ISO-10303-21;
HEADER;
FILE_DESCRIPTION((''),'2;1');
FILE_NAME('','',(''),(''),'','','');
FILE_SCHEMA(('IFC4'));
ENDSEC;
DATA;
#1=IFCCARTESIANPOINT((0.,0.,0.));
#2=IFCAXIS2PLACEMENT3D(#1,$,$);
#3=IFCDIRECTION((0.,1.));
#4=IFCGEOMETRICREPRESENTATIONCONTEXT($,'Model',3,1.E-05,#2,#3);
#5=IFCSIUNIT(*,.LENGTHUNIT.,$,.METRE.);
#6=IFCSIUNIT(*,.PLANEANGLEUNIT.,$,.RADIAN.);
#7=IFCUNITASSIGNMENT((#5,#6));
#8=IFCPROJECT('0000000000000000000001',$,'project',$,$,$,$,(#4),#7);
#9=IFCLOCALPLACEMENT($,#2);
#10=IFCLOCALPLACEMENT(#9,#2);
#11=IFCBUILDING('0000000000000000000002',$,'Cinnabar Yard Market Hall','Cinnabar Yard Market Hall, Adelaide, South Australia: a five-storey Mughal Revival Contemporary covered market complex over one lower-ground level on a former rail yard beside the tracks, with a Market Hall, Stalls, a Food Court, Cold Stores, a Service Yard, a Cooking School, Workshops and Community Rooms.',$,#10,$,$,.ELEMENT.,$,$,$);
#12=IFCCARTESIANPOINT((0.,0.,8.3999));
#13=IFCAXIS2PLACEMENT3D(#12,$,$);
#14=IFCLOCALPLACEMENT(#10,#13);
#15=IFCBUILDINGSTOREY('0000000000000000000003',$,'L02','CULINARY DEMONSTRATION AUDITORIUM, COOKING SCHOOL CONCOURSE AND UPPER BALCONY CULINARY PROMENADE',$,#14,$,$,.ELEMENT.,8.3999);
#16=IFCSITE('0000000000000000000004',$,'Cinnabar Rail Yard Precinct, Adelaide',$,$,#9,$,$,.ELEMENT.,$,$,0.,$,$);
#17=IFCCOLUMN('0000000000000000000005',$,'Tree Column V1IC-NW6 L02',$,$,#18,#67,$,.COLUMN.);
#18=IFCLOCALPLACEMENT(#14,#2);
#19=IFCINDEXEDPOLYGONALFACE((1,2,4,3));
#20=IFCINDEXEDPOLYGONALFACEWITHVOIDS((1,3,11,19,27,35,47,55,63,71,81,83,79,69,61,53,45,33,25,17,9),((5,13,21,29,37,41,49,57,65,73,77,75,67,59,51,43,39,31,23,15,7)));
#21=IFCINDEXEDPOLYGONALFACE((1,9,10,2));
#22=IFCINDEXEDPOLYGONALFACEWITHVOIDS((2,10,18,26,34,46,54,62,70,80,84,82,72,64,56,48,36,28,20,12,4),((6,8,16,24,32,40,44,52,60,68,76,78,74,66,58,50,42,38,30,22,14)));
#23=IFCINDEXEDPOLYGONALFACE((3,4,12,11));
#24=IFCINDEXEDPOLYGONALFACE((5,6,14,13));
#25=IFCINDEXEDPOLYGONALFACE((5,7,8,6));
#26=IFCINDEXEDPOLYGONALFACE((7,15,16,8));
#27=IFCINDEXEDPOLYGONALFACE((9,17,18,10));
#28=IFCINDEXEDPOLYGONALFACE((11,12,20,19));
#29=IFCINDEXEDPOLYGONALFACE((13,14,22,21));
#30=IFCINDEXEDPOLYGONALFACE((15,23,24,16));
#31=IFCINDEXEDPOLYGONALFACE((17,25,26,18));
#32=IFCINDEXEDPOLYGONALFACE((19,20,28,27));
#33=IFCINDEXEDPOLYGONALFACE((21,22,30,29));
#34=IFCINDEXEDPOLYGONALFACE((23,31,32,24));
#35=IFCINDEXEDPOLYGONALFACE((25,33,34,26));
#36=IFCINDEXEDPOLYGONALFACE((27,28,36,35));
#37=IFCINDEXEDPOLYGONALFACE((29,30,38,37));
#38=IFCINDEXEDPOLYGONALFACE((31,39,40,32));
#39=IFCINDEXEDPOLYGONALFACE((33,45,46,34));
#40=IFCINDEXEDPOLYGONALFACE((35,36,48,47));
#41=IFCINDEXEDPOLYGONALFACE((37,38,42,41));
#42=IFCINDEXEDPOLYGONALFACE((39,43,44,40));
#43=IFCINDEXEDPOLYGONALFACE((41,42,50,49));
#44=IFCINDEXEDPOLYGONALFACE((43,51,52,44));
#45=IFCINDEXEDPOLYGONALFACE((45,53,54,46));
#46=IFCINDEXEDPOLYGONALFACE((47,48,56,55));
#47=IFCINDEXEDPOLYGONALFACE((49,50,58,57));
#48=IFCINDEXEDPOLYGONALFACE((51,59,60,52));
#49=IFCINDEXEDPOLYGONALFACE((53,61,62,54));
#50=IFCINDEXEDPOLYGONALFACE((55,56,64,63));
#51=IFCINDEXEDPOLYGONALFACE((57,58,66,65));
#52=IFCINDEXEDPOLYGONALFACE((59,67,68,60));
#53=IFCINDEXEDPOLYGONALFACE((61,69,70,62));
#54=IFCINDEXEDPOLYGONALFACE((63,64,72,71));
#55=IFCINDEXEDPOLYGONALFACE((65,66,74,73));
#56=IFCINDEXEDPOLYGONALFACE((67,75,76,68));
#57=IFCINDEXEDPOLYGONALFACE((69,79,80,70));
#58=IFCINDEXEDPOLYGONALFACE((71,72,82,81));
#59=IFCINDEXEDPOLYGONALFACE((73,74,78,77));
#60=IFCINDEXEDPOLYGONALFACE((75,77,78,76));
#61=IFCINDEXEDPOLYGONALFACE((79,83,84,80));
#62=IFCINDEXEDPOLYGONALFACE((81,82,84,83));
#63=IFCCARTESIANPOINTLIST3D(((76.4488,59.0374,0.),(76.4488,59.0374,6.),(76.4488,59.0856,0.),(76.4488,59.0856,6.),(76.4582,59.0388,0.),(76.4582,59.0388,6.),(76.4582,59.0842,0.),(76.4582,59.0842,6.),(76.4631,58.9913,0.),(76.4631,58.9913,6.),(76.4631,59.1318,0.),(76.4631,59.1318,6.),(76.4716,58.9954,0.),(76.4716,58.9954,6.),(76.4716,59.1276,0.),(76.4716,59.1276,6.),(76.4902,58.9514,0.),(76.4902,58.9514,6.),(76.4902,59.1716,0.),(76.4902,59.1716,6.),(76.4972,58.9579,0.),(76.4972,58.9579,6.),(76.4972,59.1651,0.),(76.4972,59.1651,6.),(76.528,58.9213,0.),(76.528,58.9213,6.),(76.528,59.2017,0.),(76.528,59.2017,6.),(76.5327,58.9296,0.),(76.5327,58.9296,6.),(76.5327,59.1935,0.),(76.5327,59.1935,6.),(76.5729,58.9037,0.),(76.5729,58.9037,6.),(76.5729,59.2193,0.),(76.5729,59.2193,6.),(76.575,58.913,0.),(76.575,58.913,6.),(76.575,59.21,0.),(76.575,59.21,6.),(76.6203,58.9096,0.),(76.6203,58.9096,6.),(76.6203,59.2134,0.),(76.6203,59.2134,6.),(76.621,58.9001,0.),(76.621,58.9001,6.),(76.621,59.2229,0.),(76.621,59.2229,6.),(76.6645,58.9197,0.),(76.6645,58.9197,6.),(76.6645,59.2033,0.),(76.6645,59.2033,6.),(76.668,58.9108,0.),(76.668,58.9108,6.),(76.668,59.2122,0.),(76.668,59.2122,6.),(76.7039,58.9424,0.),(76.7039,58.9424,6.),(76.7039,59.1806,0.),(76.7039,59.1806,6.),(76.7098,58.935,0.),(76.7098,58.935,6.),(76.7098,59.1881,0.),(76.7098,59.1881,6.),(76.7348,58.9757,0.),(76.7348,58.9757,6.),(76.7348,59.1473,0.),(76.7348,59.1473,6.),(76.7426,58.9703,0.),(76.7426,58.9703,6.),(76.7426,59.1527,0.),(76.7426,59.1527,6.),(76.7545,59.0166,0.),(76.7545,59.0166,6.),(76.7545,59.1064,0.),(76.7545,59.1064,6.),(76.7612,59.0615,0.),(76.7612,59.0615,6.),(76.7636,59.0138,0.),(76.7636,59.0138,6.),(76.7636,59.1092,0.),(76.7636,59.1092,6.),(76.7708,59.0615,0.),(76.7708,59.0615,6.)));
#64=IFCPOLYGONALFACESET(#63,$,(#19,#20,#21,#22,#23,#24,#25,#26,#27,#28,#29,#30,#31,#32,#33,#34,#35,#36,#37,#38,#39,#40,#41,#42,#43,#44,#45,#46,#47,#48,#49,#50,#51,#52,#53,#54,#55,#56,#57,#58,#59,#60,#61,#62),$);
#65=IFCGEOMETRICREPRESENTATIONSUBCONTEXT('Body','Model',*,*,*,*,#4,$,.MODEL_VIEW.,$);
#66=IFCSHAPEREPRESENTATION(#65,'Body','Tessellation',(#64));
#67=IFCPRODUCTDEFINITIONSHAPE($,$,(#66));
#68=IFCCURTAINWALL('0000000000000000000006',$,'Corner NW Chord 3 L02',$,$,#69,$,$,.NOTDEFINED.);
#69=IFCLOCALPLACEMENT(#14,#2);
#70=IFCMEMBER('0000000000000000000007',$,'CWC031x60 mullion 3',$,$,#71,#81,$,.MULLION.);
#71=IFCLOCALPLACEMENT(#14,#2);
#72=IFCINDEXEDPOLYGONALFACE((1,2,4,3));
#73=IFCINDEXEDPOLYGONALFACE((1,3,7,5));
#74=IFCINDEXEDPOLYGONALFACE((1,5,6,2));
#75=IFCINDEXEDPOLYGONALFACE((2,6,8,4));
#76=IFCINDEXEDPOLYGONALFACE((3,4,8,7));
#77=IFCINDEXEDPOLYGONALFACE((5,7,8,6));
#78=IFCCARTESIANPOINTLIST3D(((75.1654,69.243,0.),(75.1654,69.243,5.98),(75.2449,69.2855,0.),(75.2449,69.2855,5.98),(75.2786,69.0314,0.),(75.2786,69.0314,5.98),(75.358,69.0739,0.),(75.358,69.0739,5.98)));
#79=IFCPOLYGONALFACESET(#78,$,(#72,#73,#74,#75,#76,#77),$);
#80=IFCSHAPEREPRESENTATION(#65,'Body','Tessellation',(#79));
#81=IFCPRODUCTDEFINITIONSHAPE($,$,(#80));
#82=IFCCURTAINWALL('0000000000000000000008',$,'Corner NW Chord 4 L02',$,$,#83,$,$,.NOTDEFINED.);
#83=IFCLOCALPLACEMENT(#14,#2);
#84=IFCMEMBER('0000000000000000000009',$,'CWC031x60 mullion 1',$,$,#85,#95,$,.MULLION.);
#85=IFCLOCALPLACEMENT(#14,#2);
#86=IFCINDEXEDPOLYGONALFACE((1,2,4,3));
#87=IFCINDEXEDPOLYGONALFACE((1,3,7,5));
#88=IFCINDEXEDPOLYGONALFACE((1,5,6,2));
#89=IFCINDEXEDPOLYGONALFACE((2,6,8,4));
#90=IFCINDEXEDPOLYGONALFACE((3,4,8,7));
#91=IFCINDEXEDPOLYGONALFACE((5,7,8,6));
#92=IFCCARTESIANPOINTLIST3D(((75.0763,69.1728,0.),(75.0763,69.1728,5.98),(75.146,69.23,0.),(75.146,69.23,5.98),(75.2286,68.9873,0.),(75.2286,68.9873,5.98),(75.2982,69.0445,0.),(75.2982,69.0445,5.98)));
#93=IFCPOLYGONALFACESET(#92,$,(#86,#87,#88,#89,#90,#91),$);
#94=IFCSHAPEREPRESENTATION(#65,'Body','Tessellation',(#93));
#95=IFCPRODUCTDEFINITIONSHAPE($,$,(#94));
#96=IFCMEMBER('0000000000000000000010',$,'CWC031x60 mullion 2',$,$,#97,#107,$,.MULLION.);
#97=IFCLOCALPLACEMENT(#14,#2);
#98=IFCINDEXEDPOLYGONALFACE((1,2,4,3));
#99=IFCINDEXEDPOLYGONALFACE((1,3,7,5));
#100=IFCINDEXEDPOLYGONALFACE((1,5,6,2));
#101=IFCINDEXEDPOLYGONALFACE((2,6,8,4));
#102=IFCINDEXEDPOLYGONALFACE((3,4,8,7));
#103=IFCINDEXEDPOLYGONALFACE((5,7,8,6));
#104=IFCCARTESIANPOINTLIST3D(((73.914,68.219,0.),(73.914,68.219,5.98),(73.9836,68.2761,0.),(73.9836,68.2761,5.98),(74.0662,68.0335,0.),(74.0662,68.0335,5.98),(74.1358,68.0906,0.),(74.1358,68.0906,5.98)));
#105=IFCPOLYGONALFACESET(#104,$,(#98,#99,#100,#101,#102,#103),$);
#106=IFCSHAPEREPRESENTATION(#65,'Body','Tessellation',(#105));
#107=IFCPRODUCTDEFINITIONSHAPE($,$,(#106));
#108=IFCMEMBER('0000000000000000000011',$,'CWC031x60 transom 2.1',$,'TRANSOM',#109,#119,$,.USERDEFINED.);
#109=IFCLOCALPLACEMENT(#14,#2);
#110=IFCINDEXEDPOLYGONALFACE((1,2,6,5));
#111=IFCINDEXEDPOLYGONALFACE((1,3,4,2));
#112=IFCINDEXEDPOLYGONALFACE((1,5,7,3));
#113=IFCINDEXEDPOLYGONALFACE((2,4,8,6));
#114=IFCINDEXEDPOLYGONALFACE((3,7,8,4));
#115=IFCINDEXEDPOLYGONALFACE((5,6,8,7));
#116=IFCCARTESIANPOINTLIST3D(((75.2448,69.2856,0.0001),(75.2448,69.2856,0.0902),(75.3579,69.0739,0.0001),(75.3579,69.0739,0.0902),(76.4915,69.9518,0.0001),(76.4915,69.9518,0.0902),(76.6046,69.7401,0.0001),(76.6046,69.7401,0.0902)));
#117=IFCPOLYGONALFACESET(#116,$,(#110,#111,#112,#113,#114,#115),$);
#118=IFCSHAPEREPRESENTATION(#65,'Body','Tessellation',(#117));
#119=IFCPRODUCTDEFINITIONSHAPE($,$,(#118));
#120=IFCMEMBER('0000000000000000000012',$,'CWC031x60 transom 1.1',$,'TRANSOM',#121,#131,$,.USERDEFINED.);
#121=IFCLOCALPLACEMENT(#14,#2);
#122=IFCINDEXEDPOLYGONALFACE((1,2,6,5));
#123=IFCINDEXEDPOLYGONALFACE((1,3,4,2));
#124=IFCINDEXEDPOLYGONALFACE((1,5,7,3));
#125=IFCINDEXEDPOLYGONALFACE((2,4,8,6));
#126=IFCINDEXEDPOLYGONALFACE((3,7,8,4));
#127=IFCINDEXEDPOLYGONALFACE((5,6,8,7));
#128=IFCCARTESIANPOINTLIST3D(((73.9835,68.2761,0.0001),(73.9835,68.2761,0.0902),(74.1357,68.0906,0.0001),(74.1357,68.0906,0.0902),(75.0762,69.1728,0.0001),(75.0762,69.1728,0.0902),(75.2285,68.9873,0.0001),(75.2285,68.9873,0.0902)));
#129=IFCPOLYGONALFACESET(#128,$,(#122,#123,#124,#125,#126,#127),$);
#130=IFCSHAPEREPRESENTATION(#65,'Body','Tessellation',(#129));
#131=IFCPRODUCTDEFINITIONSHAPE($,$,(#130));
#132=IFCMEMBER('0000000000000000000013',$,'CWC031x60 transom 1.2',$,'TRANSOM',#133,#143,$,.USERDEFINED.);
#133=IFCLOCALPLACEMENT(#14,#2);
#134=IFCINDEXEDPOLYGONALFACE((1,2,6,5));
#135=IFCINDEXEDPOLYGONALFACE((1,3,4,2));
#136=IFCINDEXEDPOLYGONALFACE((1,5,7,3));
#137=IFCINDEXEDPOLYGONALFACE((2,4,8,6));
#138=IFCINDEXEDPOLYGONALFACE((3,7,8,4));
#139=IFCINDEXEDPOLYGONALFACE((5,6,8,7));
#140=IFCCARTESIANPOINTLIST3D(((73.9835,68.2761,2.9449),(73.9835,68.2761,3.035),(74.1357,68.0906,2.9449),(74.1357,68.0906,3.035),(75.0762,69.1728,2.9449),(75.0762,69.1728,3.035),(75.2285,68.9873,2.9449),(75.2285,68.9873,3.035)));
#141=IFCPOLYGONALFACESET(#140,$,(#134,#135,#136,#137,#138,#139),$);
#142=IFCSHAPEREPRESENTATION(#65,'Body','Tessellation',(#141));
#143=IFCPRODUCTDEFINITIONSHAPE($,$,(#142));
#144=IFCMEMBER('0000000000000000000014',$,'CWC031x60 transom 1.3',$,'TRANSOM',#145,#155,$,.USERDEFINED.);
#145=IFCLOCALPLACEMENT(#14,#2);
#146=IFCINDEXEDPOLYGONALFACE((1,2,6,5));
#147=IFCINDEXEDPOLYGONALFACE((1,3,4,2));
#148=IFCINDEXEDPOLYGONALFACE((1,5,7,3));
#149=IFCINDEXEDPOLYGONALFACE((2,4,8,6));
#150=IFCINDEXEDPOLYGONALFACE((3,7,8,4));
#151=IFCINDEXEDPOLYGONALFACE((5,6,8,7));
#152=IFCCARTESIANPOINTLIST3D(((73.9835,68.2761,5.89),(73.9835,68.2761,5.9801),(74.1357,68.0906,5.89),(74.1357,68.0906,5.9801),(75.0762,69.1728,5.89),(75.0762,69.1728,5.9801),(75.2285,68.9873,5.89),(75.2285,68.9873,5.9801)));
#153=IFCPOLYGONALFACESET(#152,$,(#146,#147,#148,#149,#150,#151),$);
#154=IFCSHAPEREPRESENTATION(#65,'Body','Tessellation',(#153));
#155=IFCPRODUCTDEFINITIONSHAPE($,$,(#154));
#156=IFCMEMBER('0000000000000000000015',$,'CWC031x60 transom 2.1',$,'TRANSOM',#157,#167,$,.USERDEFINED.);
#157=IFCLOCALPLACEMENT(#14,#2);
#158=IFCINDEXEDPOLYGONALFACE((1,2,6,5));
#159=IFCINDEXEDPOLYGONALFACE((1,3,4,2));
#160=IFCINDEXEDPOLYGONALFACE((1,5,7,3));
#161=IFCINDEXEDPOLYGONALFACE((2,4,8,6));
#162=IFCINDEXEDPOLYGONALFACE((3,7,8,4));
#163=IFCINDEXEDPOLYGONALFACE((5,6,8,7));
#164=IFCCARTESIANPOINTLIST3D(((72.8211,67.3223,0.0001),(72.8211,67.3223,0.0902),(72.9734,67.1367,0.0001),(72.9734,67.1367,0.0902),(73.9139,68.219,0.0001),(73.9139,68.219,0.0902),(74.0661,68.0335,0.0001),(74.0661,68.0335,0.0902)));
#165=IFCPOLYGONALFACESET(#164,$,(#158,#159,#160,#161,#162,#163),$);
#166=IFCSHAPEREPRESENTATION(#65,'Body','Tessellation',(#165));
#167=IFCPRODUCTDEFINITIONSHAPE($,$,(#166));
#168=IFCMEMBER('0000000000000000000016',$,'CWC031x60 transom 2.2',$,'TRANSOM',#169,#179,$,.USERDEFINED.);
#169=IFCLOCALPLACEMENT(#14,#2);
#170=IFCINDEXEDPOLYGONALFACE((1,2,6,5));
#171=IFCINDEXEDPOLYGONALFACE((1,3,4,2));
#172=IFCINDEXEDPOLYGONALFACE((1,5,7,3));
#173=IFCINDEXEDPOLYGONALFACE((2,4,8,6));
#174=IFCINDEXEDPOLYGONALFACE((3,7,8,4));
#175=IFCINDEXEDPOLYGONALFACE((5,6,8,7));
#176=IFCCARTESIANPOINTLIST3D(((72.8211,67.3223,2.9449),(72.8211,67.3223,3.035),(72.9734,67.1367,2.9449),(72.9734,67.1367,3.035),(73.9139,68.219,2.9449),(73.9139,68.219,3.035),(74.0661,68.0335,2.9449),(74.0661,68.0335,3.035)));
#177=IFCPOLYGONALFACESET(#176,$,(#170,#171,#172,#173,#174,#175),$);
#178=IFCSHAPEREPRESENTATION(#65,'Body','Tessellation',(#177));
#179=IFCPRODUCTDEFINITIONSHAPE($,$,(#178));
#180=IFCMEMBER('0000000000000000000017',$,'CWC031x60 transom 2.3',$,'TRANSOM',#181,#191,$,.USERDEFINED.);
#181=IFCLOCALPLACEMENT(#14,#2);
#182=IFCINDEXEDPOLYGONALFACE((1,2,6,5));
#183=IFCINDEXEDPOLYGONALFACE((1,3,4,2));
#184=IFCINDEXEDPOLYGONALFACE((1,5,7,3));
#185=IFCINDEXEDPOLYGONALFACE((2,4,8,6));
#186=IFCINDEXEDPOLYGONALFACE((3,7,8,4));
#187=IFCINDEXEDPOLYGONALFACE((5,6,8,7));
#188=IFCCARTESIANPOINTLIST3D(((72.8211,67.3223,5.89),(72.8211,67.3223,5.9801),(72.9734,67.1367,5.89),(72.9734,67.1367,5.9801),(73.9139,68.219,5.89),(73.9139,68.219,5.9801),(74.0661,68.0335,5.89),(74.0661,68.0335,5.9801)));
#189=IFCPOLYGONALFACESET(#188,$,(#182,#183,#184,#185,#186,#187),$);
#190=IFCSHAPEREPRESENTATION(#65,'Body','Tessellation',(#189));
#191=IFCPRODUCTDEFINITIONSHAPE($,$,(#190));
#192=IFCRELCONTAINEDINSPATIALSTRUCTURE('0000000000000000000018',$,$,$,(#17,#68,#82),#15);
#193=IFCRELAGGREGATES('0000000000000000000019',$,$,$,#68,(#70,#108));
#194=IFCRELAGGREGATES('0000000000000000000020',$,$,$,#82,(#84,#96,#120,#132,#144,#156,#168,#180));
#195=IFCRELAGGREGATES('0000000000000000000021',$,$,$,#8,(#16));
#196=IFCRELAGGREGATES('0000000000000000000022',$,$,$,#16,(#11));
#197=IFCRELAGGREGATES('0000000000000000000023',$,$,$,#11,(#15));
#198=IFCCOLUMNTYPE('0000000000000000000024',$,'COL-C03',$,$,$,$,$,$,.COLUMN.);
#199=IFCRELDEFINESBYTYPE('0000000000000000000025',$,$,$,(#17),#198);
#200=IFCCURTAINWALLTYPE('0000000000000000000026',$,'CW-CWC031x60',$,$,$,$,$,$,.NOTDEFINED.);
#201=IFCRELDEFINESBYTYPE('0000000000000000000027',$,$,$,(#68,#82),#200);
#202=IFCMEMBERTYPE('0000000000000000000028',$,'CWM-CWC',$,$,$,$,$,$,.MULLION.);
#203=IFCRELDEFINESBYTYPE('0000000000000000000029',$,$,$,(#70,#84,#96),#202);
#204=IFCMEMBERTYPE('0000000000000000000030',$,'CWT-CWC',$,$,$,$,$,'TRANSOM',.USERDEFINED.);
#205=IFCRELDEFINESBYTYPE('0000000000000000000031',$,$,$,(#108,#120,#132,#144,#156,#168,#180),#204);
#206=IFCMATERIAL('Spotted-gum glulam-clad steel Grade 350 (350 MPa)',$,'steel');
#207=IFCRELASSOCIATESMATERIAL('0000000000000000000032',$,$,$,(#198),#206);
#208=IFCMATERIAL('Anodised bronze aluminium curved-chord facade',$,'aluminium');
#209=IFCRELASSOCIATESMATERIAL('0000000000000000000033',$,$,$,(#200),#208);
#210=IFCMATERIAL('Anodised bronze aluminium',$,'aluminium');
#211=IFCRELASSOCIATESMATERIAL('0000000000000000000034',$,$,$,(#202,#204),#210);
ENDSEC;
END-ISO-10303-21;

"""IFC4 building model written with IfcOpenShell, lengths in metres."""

from ifc_helpers import new_model, si_unit, direction, frame, origin, origin_2d_with_axis, place, context, subcontext, project, spatial, rectangle, hollow_circle, extrude, material, material_profile, profile_set, type_object, element, aggregate, save


model = new_model("IFC4")

# Units and contexts
model_context = context("Model", 3, precision=1e-05, world=origin(), true_north=direction((0.0, 1.0)))
body_context = subcontext(model_context, "Body", "Model", "MODEL_VIEW")
ifc_project = project(units=[si_unit("LENGTHUNIT", "METRE"), si_unit("PLANEANGLEUNIT", "RADIAN")], contexts=[model_context])

# Site, building, storey
site_placement = place(None, origin())
site = spatial("IfcSite", under=ifc_project, at=site_placement, Name="Cinnabar Rail Yard Precinct, Adelaide", CompositionType="ELEMENT", RefElevation=0.0)
building_placement = place(site_placement, origin())
building = spatial("IfcBuilding", under=site, at=building_placement, Name="Cinnabar Yard Market Hall", Description="Cinnabar Yard Market Hall, Adelaide, South Australia: a five-storey Mughal Revival Contemporary covered market complex over one lower-ground level on a former rail yard beside the tracks, with a Market Hall, Stalls, a Food Court, Cold Stores, a Service Yard, a Cooking School, Workshops and Community Rooms.", CompositionType="ELEMENT")
storey_placement = place(building_placement, frame((0.0, 0.0, 8.3999)))
storey = spatial("IfcBuildingStorey", under=building, at=storey_placement, Name="L02", Description="CULINARY DEMONSTRATION AUDITORIUM, COOKING SCHOOL CONCOURSE AND UPPER BALCONY CULINARY PROMENADE", CompositionType="ELEMENT", Elevation=8.3999)

# Column
ifc_material_1 = material(Name="Spotted-gum glulam-clad steel Grade 350 (350 MPa)", Category="steel")
ifc_material_profile_1 = material_profile(ifc_material_1, hollow_circle(Radius=0.1619, WallThickness=0.0095, at=origin_2d_with_axis()), Name="323.9x9.5CHS")
ifc_profile_set_1 = profile_set([ifc_material_profile_1], Name="Spotted-gum glulam-clad steel Grade 350 (350 MPa)")
column_type_1 = type_object("IfcColumnType", Name="COL-C03", PredefinedType="COLUMN", material=ifc_profile_set_1)
for number, where, z_axis, x_axis, name in (
    (1, (76.6089, 59.0615, 0.0), (0.0, 0.0, 1.0), (1.0, 0.0, 0.0), "Tree Column V1IC-NW6 L02"),
):
    element("IfcColumn", number, at=place(storey_placement, frame(where, z_axis=z_axis, x_axis=x_axis)), inside=storey, type_object=column_type_1, Name=name, PredefinedType="COLUMN", context=body_context, shape_type="SweptSolid", body=[
        extrude(hollow_circle(Radius=0.1619, WallThickness=0.0095, at=origin_2d_with_axis()), origin(), (0.0, 0.0, 1.0), 6.0),
    ])

# Curtain wall, member
ifc_material_2 = material(Name="Anodised bronze aluminium curved-chord facade", Category="aluminium")
curtain_wall_type = type_object("IfcCurtainWallType", Name="CW-CWC031x60", PredefinedType="NOTDEFINED", material=ifc_material_2)
curtain_wall_1_placement = place(storey_placement, origin())
curtain_wall_1 = element("IfcCurtainWall", 2, at=curtain_wall_1_placement, inside=storey, type_object=curtain_wall_type, Name="Corner NW Chord 3 L02", PredefinedType="NOTDEFINED")
ifc_material_3 = material(Name="Anodised bronze aluminium", Category="aluminium")
ifc_material_profile_2 = material_profile(ifc_material_3, rectangle(XDim=0.24, YDim=0.0901, at=origin_2d_with_axis()), Name="MUL-CWC")
ifc_profile_set_2 = profile_set([ifc_material_profile_2], Name="Anodised bronze aluminium")
member_type_1 = type_object("IfcMemberType", Name="CWM-CWC", PredefinedType="MULLION", material=ifc_profile_set_2)
member_1_placement = place(storey_placement, frame((75.2617, 69.1584, 0.0), z_axis=(0.0, 0.0, 1.0), x_axis=(0.471404, -0.881917, 0.0)))
member_1 = element("IfcMember", 3, at=member_1_placement, type_object=member_type_1, Name="CWC031x60 mullion 3", PredefinedType="MULLION", context=body_context, shape_type="SweptSolid", body=[
    extrude(rectangle(XDim=0.24, YDim=0.0901, at=origin_2d_with_axis()), origin(), (0.0, 0.0, 1.0), 5.98),
])

# Curtain wall, members
curtain_wall_2_placement = place(storey_placement, origin())
curtain_wall_2 = element("IfcCurtainWall", 4, at=curtain_wall_2_placement, inside=storey, type_object=curtain_wall_type, Name="Corner NW Chord 4 L02", PredefinedType="NOTDEFINED")
member_2_placement = place(storey_placement, frame((75.1873, 69.1086, 0.0), z_axis=(0.0, 0.0, 1.0), x_axis=(0.634383, -0.773019, 0.0)))
member_2 = element("IfcMember", 5, at=member_2_placement, type_object=member_type_1, Name="CWC031x60 mullion 1", PredefinedType="MULLION", context=body_context, shape_type="SweptSolid", body=[
    extrude(rectangle(XDim=0.24, YDim=0.0901, at=origin_2d_with_axis()), origin(), (0.0, 0.0, 1.0), 5.98),
])
member_3_placement = place(storey_placement, frame((74.0249, 68.1548, 0.0), z_axis=(0.0, 0.0, 1.0), x_axis=(0.634383, -0.773019, 0.0)))
member_3 = element("IfcMember", 6, at=member_3_placement, type_object=member_type_1, Name="CWC031x60 mullion 2", PredefinedType="MULLION", context=body_context, shape_type="SweptSolid", body=[
    extrude(rectangle(XDim=0.24, YDim=0.0901, at=origin_2d_with_axis()), origin(), (0.0, 0.0, 1.0), 5.98),
])

# Members
ifc_material_profile_3 = material_profile(ifc_material_3, rectangle(XDim=0.24, YDim=0.0901, at=origin_2d_with_axis()), Name="TRN-CWC")
ifc_profile_set_3 = profile_set([ifc_material_profile_3], Name="Anodised bronze aluminium")
member_type_2 = type_object("IfcMemberType", Name="CWT-CWC", ElementType="TRANSOM", PredefinedType="USERDEFINED", material=ifc_profile_set_3)
member_4_placement = place(storey_placement, frame((76.5481, 69.8459, 0.0452), z_axis=(-0.881975, -0.471296, 0.0), x_axis=(0.471296, -0.881975, 0.0)))
member_4 = element("IfcMember", 7, at=member_4_placement, type_object=member_type_2, Name="CWC031x60 transom 2.1", ObjectType="TRANSOM", PredefinedType="USERDEFINED", context=body_context, shape_type="SweptSolid", body=[
    extrude(rectangle(XDim=0.24, YDim=0.0901, at=origin_2d_with_axis()), origin(), (0.0, 0.0, 1.0), 1.4136),
])
member_5_placement = place(storey_placement, frame((75.1523, 69.0801, 0.0452), z_axis=(-0.773041, -0.634356, 0.0), x_axis=(0.634356, -0.773041, 0.0)))
member_5 = element("IfcMember", 8, at=member_5_placement, type_object=member_type_2, Name="CWC031x60 transom 1.1", ObjectType="TRANSOM", PredefinedType="USERDEFINED", context=body_context, shape_type="SweptSolid", body=[
    extrude(rectangle(XDim=0.24, YDim=0.0901, at=origin_2d_with_axis()), origin(), (0.0, 0.0, 1.0), 1.4136),
])
member_6_placement = place(storey_placement, frame((75.1523, 69.0801, 2.99), z_axis=(-0.773041, -0.634356, 0.0), x_axis=(0.634356, -0.773041, 0.0)))
member_6 = element("IfcMember", 9, at=member_6_placement, type_object=member_type_2, Name="CWC031x60 transom 1.2", ObjectType="TRANSOM", PredefinedType="USERDEFINED", context=body_context, shape_type="SweptSolid", body=[
    extrude(rectangle(XDim=0.24, YDim=0.0901, at=origin_2d_with_axis()), origin(), (0.0, 0.0, 1.0), 1.4136),
])
member_7_placement = place(storey_placement, frame((75.1523, 69.0801, 5.9351), z_axis=(-0.773041, -0.634356, 0.0), x_axis=(0.634356, -0.773041, 0.0)))
member_7 = element("IfcMember", 10, at=member_7_placement, type_object=member_type_2, Name="CWC031x60 transom 1.3", ObjectType="TRANSOM", PredefinedType="USERDEFINED", context=body_context, shape_type="SweptSolid", body=[
    extrude(rectangle(XDim=0.24, YDim=0.0901, at=origin_2d_with_axis()), origin(), (0.0, 0.0, 1.0), 1.4136),
])
member_8_placement = place(storey_placement, frame((73.99, 68.1262, 0.0452), z_axis=(-0.773041, -0.634356, 0.0), x_axis=(0.634356, -0.773041, 0.0)))
member_8 = element("IfcMember", 11, at=member_8_placement, type_object=member_type_2, Name="CWC031x60 transom 2.1", ObjectType="TRANSOM", PredefinedType="USERDEFINED", context=body_context, shape_type="SweptSolid", body=[
    extrude(rectangle(XDim=0.24, YDim=0.0901, at=origin_2d_with_axis()), origin(), (0.0, 0.0, 1.0), 1.4136),
])
member_9_placement = place(storey_placement, frame((73.99, 68.1262, 2.99), z_axis=(-0.773041, -0.634356, 0.0), x_axis=(0.634356, -0.773041, 0.0)))
member_9 = element("IfcMember", 12, at=member_9_placement, type_object=member_type_2, Name="CWC031x60 transom 2.2", ObjectType="TRANSOM", PredefinedType="USERDEFINED", context=body_context, shape_type="SweptSolid", body=[
    extrude(rectangle(XDim=0.24, YDim=0.0901, at=origin_2d_with_axis()), origin(), (0.0, 0.0, 1.0), 1.4136),
])
member_10_placement = place(storey_placement, frame((73.99, 68.1262, 5.9351), z_axis=(-0.773041, -0.634356, 0.0), x_axis=(0.634356, -0.773041, 0.0)))
member_10 = element("IfcMember", 13, at=member_10_placement, type_object=member_type_2, Name="CWC031x60 transom 2.3", ObjectType="TRANSOM", PredefinedType="USERDEFINED", context=body_context, shape_type="SweptSolid", body=[
    extrude(rectangle(XDim=0.24, YDim=0.0901, at=origin_2d_with_axis()), origin(), (0.0, 0.0, 1.0), 1.4136),
])

aggregate(curtain_wall_1, [member_1, member_4])
aggregate(curtain_wall_2, [member_2, member_3, member_5, member_6, member_7, member_8, member_9, member_10])

save(model, "model.ifc")
